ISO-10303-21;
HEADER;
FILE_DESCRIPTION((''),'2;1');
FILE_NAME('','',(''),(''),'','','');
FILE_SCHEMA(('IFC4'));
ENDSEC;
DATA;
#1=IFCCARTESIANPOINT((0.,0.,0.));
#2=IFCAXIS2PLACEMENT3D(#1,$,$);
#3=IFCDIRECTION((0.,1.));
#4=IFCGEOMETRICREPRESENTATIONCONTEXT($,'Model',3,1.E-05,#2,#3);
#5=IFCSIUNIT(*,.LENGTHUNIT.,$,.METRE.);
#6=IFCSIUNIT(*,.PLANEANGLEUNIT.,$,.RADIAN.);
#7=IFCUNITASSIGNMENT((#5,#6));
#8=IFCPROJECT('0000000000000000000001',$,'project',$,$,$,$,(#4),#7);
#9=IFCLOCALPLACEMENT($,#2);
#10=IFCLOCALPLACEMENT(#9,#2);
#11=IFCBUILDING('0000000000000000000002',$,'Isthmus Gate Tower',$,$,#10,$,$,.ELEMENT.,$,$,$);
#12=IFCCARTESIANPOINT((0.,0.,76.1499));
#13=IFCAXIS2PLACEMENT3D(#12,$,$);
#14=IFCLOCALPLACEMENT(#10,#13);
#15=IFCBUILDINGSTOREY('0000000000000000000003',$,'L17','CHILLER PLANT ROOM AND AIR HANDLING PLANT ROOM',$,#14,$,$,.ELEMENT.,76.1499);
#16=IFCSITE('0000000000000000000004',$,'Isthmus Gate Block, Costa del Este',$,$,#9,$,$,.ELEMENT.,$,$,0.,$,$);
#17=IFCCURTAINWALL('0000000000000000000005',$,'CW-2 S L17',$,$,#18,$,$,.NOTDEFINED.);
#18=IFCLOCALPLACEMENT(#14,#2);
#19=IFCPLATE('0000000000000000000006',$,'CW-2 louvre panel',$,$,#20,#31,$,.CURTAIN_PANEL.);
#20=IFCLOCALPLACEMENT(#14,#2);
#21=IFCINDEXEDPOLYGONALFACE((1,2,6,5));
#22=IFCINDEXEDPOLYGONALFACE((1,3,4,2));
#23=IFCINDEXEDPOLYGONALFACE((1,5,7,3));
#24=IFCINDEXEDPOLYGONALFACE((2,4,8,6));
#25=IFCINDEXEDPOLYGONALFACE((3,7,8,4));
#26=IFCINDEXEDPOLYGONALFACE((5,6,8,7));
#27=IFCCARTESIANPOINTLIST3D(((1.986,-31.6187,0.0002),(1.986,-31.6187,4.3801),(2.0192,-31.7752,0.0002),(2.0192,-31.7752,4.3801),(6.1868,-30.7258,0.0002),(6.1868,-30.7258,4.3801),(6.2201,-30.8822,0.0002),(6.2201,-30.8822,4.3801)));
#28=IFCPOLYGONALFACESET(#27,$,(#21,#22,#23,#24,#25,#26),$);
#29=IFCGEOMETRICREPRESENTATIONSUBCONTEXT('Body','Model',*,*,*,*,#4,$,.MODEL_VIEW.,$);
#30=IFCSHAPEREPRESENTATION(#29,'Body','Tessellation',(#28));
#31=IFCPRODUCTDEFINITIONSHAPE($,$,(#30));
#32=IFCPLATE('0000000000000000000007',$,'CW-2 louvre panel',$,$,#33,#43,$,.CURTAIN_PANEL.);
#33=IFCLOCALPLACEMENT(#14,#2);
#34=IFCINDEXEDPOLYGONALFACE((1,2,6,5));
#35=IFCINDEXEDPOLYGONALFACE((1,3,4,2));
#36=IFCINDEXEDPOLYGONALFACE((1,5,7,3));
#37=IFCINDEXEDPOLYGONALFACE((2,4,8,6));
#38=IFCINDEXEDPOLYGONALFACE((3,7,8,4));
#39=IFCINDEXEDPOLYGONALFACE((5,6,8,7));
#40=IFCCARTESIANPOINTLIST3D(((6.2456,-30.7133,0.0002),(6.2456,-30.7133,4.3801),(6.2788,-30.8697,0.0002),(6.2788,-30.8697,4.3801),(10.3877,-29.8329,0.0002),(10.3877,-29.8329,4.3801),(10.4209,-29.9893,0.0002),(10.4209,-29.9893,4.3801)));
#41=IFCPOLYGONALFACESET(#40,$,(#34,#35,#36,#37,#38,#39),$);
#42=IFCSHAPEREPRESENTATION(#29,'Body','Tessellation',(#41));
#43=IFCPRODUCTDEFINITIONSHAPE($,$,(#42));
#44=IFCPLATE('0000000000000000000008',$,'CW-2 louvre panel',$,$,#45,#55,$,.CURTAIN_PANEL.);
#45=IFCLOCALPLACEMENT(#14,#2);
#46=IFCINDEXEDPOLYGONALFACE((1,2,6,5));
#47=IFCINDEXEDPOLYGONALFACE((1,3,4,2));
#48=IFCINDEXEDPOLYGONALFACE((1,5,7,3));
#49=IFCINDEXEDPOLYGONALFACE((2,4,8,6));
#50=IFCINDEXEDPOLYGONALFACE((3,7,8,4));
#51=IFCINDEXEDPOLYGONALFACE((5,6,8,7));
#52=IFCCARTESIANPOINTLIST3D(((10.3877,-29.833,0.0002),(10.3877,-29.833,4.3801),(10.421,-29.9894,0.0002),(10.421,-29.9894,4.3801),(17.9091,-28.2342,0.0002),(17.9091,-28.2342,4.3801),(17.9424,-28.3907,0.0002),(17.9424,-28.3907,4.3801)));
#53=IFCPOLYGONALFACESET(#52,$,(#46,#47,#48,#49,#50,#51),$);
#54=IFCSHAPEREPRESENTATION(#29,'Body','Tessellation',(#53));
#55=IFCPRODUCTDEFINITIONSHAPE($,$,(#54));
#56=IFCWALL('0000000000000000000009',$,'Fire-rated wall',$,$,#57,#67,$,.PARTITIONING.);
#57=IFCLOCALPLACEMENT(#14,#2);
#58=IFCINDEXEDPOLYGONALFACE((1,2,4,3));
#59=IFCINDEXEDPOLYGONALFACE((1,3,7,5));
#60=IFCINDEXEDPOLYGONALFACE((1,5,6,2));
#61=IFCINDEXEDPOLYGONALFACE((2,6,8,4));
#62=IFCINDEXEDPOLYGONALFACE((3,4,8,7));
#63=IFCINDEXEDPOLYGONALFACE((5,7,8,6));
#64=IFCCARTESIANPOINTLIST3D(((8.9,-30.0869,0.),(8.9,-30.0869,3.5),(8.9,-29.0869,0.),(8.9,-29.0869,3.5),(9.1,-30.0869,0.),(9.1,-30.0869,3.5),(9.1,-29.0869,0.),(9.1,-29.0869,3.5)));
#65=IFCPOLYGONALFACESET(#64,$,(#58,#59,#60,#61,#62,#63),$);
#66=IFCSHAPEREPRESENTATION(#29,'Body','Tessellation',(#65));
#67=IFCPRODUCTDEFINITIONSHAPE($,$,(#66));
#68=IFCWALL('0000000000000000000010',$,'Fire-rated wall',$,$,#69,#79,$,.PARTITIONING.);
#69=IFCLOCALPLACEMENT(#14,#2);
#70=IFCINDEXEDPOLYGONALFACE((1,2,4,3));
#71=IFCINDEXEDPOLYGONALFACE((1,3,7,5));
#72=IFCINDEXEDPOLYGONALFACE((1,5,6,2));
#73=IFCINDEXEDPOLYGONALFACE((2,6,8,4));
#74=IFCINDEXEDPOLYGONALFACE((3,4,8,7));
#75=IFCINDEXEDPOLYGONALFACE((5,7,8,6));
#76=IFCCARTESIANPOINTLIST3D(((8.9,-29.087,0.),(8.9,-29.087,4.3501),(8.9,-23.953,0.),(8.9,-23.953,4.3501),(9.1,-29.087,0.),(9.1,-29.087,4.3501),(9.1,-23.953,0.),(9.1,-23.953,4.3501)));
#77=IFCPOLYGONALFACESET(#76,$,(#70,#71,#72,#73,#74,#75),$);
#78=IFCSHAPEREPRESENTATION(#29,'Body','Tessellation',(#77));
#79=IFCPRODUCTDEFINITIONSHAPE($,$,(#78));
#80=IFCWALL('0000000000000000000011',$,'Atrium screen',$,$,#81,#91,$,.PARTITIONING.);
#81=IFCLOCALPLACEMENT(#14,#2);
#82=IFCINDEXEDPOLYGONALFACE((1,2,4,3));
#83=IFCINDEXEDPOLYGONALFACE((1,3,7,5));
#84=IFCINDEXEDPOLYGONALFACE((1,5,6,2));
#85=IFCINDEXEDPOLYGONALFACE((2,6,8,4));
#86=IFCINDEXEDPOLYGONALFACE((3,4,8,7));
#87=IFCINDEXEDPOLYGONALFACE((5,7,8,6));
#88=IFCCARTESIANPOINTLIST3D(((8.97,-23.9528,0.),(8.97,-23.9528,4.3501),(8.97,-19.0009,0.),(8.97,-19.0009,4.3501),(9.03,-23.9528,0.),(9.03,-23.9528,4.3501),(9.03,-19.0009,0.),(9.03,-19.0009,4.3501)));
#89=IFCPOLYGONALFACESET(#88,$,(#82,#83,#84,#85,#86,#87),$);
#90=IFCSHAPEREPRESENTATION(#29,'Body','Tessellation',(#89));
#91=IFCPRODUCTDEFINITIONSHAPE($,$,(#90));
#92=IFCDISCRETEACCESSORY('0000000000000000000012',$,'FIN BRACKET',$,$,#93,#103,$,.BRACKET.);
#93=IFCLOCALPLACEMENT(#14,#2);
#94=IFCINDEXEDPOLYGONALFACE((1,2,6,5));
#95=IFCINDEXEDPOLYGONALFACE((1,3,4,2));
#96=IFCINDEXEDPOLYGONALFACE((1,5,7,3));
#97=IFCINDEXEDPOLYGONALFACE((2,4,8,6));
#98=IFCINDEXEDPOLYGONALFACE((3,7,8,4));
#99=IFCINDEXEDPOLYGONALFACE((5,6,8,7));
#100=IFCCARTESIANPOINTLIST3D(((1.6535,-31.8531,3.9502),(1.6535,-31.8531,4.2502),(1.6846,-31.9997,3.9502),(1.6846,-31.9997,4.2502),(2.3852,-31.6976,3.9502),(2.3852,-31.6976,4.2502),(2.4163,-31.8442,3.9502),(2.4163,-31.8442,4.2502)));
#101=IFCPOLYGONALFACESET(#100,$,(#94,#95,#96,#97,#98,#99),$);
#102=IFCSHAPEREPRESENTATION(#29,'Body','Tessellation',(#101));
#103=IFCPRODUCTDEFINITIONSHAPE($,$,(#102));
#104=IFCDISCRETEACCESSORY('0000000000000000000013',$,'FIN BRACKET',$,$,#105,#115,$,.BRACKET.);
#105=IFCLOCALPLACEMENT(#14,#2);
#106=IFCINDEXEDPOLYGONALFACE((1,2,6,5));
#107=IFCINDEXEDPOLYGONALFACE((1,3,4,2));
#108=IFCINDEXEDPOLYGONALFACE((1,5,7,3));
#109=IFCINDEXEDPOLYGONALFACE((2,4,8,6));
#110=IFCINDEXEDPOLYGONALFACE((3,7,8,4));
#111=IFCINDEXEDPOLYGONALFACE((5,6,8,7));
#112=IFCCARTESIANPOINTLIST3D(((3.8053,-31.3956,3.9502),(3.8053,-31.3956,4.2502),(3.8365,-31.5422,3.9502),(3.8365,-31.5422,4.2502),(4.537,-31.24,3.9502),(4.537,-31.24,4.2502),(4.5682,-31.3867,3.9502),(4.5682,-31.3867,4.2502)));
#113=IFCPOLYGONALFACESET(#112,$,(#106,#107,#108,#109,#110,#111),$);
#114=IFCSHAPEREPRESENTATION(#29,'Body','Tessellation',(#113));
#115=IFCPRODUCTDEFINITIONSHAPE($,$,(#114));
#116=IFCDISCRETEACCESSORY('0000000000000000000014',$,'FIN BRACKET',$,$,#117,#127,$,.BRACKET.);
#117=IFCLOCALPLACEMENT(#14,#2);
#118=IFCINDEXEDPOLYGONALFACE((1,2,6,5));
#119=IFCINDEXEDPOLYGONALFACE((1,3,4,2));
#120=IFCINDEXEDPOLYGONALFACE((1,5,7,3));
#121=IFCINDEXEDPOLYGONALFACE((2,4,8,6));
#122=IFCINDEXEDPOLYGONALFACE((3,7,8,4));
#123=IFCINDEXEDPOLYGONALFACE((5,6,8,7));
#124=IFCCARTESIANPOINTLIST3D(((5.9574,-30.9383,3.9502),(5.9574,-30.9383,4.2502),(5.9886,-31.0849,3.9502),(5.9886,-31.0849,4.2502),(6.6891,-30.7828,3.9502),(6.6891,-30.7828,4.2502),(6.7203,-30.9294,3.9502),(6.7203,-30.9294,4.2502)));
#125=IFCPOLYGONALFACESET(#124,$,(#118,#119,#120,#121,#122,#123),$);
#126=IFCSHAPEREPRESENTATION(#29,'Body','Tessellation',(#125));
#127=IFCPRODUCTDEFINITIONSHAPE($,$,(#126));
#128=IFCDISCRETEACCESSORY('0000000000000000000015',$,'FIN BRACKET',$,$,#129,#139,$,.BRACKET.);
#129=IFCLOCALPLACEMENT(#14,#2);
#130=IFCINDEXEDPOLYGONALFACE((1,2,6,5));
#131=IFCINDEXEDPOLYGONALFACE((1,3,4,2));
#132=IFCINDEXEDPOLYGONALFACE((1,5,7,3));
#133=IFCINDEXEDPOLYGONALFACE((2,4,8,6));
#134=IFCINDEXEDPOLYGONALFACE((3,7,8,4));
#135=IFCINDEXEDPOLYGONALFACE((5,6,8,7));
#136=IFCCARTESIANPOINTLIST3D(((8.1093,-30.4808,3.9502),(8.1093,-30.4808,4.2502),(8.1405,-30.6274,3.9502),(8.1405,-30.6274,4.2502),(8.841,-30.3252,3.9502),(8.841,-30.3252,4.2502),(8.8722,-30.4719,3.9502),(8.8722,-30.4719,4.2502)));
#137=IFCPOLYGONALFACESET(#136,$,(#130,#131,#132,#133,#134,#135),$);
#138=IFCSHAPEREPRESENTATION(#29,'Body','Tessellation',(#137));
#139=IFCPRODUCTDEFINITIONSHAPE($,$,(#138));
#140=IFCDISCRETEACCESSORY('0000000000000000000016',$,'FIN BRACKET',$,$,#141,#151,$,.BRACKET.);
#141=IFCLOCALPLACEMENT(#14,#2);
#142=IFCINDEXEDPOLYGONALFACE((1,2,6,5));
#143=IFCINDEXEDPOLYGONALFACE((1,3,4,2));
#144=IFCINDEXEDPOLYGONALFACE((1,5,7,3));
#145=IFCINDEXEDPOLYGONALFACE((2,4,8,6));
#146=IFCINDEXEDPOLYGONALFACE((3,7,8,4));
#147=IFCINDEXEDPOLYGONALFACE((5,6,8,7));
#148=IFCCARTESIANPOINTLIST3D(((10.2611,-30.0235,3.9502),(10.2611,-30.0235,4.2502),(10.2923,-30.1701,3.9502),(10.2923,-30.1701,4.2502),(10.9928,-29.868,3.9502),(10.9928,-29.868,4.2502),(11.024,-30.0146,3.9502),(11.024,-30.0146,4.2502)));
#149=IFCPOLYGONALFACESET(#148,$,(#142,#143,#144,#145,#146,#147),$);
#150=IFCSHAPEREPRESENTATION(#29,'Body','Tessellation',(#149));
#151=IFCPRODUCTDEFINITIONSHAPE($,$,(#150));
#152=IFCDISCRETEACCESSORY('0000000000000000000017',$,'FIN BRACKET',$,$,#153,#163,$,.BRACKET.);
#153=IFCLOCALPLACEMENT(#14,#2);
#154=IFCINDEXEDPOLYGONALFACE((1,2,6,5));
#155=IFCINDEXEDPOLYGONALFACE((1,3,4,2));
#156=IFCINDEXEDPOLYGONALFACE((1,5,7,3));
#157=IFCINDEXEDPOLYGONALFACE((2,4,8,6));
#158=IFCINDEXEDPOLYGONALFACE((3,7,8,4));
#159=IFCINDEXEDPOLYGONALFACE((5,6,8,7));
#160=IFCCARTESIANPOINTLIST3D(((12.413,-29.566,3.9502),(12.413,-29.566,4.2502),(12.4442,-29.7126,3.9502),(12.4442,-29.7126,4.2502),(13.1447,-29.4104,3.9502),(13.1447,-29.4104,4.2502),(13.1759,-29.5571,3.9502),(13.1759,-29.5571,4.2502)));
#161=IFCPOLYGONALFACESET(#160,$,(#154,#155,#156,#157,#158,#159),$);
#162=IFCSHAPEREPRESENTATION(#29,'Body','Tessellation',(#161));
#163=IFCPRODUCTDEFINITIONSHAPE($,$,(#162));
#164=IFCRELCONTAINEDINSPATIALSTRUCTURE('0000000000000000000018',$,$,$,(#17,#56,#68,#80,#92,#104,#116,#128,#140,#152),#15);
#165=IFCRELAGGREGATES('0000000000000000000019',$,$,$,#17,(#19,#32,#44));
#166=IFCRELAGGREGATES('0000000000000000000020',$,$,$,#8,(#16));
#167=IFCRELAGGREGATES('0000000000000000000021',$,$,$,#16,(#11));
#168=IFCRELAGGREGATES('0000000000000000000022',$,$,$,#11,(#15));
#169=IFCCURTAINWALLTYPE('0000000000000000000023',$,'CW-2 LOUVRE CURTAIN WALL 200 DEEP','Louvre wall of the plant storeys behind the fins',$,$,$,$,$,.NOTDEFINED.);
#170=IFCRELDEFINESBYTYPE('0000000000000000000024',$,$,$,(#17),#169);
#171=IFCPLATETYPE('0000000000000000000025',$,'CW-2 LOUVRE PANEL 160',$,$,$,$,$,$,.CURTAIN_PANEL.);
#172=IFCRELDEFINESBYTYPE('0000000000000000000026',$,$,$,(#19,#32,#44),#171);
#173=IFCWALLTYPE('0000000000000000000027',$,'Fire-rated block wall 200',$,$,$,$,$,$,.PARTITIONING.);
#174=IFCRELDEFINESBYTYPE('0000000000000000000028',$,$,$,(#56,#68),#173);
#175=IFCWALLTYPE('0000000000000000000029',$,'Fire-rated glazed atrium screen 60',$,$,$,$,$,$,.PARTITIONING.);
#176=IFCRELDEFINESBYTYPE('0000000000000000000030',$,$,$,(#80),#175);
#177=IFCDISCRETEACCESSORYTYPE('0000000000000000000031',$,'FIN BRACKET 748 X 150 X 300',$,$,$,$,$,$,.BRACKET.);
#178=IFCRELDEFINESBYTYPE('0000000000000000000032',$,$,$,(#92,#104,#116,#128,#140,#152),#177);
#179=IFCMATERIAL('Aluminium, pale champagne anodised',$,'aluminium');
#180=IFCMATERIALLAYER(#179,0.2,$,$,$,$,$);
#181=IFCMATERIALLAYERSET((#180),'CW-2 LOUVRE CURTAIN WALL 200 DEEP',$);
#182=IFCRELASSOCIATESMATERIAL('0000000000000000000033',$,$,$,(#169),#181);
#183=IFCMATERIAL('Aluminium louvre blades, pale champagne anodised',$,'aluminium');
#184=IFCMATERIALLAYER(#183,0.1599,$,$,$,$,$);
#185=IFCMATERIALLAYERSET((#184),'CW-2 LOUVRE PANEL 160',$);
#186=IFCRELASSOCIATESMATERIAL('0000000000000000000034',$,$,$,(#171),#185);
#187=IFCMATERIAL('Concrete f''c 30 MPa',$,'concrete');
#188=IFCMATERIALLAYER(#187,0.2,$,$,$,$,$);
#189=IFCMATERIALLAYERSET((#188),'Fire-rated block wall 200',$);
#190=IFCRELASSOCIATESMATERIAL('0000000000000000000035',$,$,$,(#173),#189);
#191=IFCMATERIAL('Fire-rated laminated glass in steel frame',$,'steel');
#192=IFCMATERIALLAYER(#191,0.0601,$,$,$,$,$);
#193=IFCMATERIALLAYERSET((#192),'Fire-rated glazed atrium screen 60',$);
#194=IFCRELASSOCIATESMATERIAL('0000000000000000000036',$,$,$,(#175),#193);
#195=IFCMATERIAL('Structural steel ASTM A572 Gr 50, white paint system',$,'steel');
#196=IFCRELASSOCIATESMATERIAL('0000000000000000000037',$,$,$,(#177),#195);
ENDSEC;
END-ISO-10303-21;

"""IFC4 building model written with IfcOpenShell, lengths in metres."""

from ifc_helpers import new_model, si_unit, direction, frame, frame_2d, origin, origin_2d, place, context, subcontext, project, spatial, rectangle, extrude, material, layer, layer_set, type_object, element, aggregate, save


model = new_model("IFC4")

# Units and contexts
model_context = context("Model", 3, precision=1e-05, world=origin(), true_north=direction((0.0, 1.0)))
body_context = subcontext(model_context, "Body", "Model", "MODEL_VIEW")
ifc_project = project(units=[si_unit("LENGTHUNIT", "METRE"), si_unit("PLANEANGLEUNIT", "RADIAN")], contexts=[model_context])

# Site, building, storey
site_placement = place(None, origin())
site = spatial("IfcSite", under=ifc_project, at=site_placement, Name="Isthmus Gate Block, Costa del Este", CompositionType="ELEMENT", RefElevation=0.0)
building_placement = place(site_placement, origin())
building = spatial("IfcBuilding", under=site, at=building_placement, Name="Isthmus Gate Tower", CompositionType="ELEMENT")
storey_placement = place(building_placement, frame((0.0, 0.0, 76.1499)))
storey = spatial("IfcBuildingStorey", under=building, at=storey_placement, Name="L17", Description="CHILLER PLANT ROOM AND AIR HANDLING PLANT ROOM", CompositionType="ELEMENT", Elevation=76.1499)

# Curtain wall
ifc_material_1 = material(Name="Aluminium, pale champagne anodised", Category="aluminium")
ifc_layer_1 = layer(ifc_material_1, 0.2)
ifc_layer_set_1 = layer_set([ifc_layer_1], Name="CW-2 LOUVRE CURTAIN WALL 200 DEEP")
curtain_wall_type = type_object("IfcCurtainWallType", Name="CW-2 LOUVRE CURTAIN WALL 200 DEEP", Description="Louvre wall of the plant storeys behind the fins", PredefinedType="NOTDEFINED", material=ifc_layer_set_1)
curtain_wall_placement = place(storey_placement, origin())
curtain_wall = element("IfcCurtainWall", 1, at=curtain_wall_placement, inside=storey, type_object=curtain_wall_type, Name="CW-2 S L17", PredefinedType="NOTDEFINED")

# Plates
ifc_material_2 = material(Name="Aluminium louvre blades, pale champagne anodised", Category="aluminium")
ifc_layer_2 = layer(ifc_material_2, 0.1599)
ifc_layer_set_2 = layer_set([ifc_layer_2], Name="CW-2 LOUVRE PANEL 160")
plate_type = type_object("IfcPlateType", Name="CW-2 LOUVRE PANEL 160", PredefinedType="CURTAIN_PANEL", material=ifc_layer_set_2)
plate_1_placement = place(storey_placement, frame((4.103, -31.2505, 0.0002), z_axis=(0.0, 0.0, 1.0), x_axis=(0.978148, 0.207912, 0.0)))
plate_1 = element("IfcPlate", 2, at=plate_1_placement, type_object=plate_type, Name="CW-2 louvre panel", PredefinedType="CURTAIN_PANEL", context=body_context, shape_type="SweptSolid", body=[
    extrude(rectangle(XDim=4.2947, YDim=0.1599, at=origin_2d()), origin(), (0.0, 0.0, 1.0), 4.3799),
])
plate_2_placement = place(storey_placement, frame((8.3333, -30.3513, 0.0002), z_axis=(0.0, 0.0, 1.0), x_axis=(0.978148, 0.207912, 0.0)))
plate_2 = element("IfcPlate", 3, at=plate_2_placement, type_object=plate_type, Name="CW-2 louvre panel", PredefinedType="CURTAIN_PANEL", context=body_context, shape_type="SweptSolid", body=[
    extrude(rectangle(XDim=4.2346, YDim=0.1599, at=origin_2d()), origin(), (0.0, 0.0, 1.0), 4.3799),
])
plate_3_placement = place(storey_placement, frame((14.165, -29.1118, 0.0002), z_axis=(0.0, 0.0, 1.0), x_axis=(0.978148, 0.207912, 0.0)))
plate_3 = element("IfcPlate", 4, at=plate_3_placement, type_object=plate_type, Name="CW-2 louvre panel", PredefinedType="CURTAIN_PANEL", context=body_context, shape_type="SweptSolid", body=[
    extrude(rectangle(XDim=7.6895, YDim=0.1599, at=origin_2d()), origin(), (0.0, 0.0, 1.0), 4.3799),
])
aggregate(curtain_wall, [plate_1, plate_2, plate_3])

# Walls
ifc_material_3 = material(Name="Concrete f'c 30 MPa", Category="concrete")
ifc_layer_3 = layer(ifc_material_3, 0.2)
ifc_layer_set_3 = layer_set([ifc_layer_3], Name="Fire-rated block wall 200")
wall_type_1 = type_object("IfcWallType", Name="Fire-rated block wall 200", PredefinedType="PARTITIONING", material=ifc_layer_set_3)
wall_1_placement = place(storey_placement, frame((9.0, -30.0869, 0.0), z_axis=(0.0, 0.0, 1.0), x_axis=(0.0, 1.0, 0.0)))
element("IfcWall", 5, at=wall_1_placement, inside=storey, type_object=wall_type_1, Name="Fire-rated wall", PredefinedType="PARTITIONING", context=body_context, shape_type="SweptSolid", body=[
    extrude(rectangle(XDim=1.0, YDim=0.2, at=frame_2d((0.5, 0.0))), origin(), (0.0, 0.0, 1.0), 3.5),
])
wall_2_placement = place(storey_placement, frame((9.0, -29.0869, 0.0), z_axis=(0.0, 0.0, 1.0), x_axis=(0.0, 1.0, 0.0)))
element("IfcWall", 6, at=wall_2_placement, inside=storey, type_object=wall_type_1, Name="Fire-rated wall", PredefinedType="PARTITIONING", context=body_context, shape_type="SweptSolid", body=[
    extrude(rectangle(XDim=5.134, YDim=0.2, at=frame_2d((2.5669, 0.0))), origin(), (0.0, 0.0, 1.0), 4.3501),
])
ifc_material_4 = material(Name="Fire-rated laminated glass in steel frame", Category="steel")
ifc_layer_4 = layer(ifc_material_4, 0.0601)
ifc_layer_set_4 = layer_set([ifc_layer_4], Name="Fire-rated glazed atrium screen 60")
wall_type_2 = type_object("IfcWallType", Name="Fire-rated glazed atrium screen 60", PredefinedType="PARTITIONING", material=ifc_layer_set_4)
wall_3_placement = place(storey_placement, frame((9.0, -23.9529, 0.0), z_axis=(0.0, 0.0, 1.0), x_axis=(0.0, 1.0, 0.0)))
element("IfcWall", 7, at=wall_3_placement, inside=storey, type_object=wall_type_2, Name="Atrium screen", PredefinedType="PARTITIONING", context=body_context, shape_type="SweptSolid", body=[
    extrude(rectangle(XDim=4.9519, YDim=0.0601, at=frame_2d((2.4761, 0.0))), origin(), (0.0, 0.0, 1.0), 4.3501),
])

# Discrete accessories
ifc_material_5 = material(Name="Structural steel ASTM A572 Gr 50, white paint system", Category="steel")
discrete_accessory_type = type_object("IfcDiscreteAccessoryType", Name="FIN BRACKET 748 X 150 X 300", PredefinedType="BRACKET", material=ifc_material_5)
for number, where, z_axis, x_axis, name in (
    (8, (2.0349, -31.8486, 3.9502), (0.0, 0.0, 1.0), (0.207912, -0.978148, 0.0), "FIN BRACKET"),
    (9, (4.1868, -31.3911, 3.9502), (0.0, 0.0, 1.0), (0.207912, -0.978148, 0.0), "FIN BRACKET"),
    (10, (6.3389, -30.9338, 3.9502), (0.0, 0.0, 1.0), (0.207912, -0.978148, 0.0), "FIN BRACKET"),
    (11, (8.4907, -30.4763, 3.9502), (0.0, 0.0, 1.0), (0.207912, -0.978148, 0.0), "FIN BRACKET"),
    (12, (10.6426, -30.019, 3.9502), (0.0, 0.0, 1.0), (0.207912, -0.978148, 0.0), "FIN BRACKET"),
    (13, (12.7944, -29.5615, 3.9502), (0.0, 0.0, 1.0), (0.207912, -0.978148, 0.0), "FIN BRACKET"),
):
    element("IfcDiscreteAccessory", number, at=place(storey_placement, frame(where, z_axis=z_axis, x_axis=x_axis)), inside=storey, type_object=discrete_accessory_type, Name=name, PredefinedType="BRACKET", context=body_context, shape_type="SweptSolid", body=[
        extrude(rectangle(XDim=0.1499, YDim=0.748, at=origin_2d()), origin(), (0.0, 0.0, 1.0), 0.3),
    ])

save(model, "model.ifc")
